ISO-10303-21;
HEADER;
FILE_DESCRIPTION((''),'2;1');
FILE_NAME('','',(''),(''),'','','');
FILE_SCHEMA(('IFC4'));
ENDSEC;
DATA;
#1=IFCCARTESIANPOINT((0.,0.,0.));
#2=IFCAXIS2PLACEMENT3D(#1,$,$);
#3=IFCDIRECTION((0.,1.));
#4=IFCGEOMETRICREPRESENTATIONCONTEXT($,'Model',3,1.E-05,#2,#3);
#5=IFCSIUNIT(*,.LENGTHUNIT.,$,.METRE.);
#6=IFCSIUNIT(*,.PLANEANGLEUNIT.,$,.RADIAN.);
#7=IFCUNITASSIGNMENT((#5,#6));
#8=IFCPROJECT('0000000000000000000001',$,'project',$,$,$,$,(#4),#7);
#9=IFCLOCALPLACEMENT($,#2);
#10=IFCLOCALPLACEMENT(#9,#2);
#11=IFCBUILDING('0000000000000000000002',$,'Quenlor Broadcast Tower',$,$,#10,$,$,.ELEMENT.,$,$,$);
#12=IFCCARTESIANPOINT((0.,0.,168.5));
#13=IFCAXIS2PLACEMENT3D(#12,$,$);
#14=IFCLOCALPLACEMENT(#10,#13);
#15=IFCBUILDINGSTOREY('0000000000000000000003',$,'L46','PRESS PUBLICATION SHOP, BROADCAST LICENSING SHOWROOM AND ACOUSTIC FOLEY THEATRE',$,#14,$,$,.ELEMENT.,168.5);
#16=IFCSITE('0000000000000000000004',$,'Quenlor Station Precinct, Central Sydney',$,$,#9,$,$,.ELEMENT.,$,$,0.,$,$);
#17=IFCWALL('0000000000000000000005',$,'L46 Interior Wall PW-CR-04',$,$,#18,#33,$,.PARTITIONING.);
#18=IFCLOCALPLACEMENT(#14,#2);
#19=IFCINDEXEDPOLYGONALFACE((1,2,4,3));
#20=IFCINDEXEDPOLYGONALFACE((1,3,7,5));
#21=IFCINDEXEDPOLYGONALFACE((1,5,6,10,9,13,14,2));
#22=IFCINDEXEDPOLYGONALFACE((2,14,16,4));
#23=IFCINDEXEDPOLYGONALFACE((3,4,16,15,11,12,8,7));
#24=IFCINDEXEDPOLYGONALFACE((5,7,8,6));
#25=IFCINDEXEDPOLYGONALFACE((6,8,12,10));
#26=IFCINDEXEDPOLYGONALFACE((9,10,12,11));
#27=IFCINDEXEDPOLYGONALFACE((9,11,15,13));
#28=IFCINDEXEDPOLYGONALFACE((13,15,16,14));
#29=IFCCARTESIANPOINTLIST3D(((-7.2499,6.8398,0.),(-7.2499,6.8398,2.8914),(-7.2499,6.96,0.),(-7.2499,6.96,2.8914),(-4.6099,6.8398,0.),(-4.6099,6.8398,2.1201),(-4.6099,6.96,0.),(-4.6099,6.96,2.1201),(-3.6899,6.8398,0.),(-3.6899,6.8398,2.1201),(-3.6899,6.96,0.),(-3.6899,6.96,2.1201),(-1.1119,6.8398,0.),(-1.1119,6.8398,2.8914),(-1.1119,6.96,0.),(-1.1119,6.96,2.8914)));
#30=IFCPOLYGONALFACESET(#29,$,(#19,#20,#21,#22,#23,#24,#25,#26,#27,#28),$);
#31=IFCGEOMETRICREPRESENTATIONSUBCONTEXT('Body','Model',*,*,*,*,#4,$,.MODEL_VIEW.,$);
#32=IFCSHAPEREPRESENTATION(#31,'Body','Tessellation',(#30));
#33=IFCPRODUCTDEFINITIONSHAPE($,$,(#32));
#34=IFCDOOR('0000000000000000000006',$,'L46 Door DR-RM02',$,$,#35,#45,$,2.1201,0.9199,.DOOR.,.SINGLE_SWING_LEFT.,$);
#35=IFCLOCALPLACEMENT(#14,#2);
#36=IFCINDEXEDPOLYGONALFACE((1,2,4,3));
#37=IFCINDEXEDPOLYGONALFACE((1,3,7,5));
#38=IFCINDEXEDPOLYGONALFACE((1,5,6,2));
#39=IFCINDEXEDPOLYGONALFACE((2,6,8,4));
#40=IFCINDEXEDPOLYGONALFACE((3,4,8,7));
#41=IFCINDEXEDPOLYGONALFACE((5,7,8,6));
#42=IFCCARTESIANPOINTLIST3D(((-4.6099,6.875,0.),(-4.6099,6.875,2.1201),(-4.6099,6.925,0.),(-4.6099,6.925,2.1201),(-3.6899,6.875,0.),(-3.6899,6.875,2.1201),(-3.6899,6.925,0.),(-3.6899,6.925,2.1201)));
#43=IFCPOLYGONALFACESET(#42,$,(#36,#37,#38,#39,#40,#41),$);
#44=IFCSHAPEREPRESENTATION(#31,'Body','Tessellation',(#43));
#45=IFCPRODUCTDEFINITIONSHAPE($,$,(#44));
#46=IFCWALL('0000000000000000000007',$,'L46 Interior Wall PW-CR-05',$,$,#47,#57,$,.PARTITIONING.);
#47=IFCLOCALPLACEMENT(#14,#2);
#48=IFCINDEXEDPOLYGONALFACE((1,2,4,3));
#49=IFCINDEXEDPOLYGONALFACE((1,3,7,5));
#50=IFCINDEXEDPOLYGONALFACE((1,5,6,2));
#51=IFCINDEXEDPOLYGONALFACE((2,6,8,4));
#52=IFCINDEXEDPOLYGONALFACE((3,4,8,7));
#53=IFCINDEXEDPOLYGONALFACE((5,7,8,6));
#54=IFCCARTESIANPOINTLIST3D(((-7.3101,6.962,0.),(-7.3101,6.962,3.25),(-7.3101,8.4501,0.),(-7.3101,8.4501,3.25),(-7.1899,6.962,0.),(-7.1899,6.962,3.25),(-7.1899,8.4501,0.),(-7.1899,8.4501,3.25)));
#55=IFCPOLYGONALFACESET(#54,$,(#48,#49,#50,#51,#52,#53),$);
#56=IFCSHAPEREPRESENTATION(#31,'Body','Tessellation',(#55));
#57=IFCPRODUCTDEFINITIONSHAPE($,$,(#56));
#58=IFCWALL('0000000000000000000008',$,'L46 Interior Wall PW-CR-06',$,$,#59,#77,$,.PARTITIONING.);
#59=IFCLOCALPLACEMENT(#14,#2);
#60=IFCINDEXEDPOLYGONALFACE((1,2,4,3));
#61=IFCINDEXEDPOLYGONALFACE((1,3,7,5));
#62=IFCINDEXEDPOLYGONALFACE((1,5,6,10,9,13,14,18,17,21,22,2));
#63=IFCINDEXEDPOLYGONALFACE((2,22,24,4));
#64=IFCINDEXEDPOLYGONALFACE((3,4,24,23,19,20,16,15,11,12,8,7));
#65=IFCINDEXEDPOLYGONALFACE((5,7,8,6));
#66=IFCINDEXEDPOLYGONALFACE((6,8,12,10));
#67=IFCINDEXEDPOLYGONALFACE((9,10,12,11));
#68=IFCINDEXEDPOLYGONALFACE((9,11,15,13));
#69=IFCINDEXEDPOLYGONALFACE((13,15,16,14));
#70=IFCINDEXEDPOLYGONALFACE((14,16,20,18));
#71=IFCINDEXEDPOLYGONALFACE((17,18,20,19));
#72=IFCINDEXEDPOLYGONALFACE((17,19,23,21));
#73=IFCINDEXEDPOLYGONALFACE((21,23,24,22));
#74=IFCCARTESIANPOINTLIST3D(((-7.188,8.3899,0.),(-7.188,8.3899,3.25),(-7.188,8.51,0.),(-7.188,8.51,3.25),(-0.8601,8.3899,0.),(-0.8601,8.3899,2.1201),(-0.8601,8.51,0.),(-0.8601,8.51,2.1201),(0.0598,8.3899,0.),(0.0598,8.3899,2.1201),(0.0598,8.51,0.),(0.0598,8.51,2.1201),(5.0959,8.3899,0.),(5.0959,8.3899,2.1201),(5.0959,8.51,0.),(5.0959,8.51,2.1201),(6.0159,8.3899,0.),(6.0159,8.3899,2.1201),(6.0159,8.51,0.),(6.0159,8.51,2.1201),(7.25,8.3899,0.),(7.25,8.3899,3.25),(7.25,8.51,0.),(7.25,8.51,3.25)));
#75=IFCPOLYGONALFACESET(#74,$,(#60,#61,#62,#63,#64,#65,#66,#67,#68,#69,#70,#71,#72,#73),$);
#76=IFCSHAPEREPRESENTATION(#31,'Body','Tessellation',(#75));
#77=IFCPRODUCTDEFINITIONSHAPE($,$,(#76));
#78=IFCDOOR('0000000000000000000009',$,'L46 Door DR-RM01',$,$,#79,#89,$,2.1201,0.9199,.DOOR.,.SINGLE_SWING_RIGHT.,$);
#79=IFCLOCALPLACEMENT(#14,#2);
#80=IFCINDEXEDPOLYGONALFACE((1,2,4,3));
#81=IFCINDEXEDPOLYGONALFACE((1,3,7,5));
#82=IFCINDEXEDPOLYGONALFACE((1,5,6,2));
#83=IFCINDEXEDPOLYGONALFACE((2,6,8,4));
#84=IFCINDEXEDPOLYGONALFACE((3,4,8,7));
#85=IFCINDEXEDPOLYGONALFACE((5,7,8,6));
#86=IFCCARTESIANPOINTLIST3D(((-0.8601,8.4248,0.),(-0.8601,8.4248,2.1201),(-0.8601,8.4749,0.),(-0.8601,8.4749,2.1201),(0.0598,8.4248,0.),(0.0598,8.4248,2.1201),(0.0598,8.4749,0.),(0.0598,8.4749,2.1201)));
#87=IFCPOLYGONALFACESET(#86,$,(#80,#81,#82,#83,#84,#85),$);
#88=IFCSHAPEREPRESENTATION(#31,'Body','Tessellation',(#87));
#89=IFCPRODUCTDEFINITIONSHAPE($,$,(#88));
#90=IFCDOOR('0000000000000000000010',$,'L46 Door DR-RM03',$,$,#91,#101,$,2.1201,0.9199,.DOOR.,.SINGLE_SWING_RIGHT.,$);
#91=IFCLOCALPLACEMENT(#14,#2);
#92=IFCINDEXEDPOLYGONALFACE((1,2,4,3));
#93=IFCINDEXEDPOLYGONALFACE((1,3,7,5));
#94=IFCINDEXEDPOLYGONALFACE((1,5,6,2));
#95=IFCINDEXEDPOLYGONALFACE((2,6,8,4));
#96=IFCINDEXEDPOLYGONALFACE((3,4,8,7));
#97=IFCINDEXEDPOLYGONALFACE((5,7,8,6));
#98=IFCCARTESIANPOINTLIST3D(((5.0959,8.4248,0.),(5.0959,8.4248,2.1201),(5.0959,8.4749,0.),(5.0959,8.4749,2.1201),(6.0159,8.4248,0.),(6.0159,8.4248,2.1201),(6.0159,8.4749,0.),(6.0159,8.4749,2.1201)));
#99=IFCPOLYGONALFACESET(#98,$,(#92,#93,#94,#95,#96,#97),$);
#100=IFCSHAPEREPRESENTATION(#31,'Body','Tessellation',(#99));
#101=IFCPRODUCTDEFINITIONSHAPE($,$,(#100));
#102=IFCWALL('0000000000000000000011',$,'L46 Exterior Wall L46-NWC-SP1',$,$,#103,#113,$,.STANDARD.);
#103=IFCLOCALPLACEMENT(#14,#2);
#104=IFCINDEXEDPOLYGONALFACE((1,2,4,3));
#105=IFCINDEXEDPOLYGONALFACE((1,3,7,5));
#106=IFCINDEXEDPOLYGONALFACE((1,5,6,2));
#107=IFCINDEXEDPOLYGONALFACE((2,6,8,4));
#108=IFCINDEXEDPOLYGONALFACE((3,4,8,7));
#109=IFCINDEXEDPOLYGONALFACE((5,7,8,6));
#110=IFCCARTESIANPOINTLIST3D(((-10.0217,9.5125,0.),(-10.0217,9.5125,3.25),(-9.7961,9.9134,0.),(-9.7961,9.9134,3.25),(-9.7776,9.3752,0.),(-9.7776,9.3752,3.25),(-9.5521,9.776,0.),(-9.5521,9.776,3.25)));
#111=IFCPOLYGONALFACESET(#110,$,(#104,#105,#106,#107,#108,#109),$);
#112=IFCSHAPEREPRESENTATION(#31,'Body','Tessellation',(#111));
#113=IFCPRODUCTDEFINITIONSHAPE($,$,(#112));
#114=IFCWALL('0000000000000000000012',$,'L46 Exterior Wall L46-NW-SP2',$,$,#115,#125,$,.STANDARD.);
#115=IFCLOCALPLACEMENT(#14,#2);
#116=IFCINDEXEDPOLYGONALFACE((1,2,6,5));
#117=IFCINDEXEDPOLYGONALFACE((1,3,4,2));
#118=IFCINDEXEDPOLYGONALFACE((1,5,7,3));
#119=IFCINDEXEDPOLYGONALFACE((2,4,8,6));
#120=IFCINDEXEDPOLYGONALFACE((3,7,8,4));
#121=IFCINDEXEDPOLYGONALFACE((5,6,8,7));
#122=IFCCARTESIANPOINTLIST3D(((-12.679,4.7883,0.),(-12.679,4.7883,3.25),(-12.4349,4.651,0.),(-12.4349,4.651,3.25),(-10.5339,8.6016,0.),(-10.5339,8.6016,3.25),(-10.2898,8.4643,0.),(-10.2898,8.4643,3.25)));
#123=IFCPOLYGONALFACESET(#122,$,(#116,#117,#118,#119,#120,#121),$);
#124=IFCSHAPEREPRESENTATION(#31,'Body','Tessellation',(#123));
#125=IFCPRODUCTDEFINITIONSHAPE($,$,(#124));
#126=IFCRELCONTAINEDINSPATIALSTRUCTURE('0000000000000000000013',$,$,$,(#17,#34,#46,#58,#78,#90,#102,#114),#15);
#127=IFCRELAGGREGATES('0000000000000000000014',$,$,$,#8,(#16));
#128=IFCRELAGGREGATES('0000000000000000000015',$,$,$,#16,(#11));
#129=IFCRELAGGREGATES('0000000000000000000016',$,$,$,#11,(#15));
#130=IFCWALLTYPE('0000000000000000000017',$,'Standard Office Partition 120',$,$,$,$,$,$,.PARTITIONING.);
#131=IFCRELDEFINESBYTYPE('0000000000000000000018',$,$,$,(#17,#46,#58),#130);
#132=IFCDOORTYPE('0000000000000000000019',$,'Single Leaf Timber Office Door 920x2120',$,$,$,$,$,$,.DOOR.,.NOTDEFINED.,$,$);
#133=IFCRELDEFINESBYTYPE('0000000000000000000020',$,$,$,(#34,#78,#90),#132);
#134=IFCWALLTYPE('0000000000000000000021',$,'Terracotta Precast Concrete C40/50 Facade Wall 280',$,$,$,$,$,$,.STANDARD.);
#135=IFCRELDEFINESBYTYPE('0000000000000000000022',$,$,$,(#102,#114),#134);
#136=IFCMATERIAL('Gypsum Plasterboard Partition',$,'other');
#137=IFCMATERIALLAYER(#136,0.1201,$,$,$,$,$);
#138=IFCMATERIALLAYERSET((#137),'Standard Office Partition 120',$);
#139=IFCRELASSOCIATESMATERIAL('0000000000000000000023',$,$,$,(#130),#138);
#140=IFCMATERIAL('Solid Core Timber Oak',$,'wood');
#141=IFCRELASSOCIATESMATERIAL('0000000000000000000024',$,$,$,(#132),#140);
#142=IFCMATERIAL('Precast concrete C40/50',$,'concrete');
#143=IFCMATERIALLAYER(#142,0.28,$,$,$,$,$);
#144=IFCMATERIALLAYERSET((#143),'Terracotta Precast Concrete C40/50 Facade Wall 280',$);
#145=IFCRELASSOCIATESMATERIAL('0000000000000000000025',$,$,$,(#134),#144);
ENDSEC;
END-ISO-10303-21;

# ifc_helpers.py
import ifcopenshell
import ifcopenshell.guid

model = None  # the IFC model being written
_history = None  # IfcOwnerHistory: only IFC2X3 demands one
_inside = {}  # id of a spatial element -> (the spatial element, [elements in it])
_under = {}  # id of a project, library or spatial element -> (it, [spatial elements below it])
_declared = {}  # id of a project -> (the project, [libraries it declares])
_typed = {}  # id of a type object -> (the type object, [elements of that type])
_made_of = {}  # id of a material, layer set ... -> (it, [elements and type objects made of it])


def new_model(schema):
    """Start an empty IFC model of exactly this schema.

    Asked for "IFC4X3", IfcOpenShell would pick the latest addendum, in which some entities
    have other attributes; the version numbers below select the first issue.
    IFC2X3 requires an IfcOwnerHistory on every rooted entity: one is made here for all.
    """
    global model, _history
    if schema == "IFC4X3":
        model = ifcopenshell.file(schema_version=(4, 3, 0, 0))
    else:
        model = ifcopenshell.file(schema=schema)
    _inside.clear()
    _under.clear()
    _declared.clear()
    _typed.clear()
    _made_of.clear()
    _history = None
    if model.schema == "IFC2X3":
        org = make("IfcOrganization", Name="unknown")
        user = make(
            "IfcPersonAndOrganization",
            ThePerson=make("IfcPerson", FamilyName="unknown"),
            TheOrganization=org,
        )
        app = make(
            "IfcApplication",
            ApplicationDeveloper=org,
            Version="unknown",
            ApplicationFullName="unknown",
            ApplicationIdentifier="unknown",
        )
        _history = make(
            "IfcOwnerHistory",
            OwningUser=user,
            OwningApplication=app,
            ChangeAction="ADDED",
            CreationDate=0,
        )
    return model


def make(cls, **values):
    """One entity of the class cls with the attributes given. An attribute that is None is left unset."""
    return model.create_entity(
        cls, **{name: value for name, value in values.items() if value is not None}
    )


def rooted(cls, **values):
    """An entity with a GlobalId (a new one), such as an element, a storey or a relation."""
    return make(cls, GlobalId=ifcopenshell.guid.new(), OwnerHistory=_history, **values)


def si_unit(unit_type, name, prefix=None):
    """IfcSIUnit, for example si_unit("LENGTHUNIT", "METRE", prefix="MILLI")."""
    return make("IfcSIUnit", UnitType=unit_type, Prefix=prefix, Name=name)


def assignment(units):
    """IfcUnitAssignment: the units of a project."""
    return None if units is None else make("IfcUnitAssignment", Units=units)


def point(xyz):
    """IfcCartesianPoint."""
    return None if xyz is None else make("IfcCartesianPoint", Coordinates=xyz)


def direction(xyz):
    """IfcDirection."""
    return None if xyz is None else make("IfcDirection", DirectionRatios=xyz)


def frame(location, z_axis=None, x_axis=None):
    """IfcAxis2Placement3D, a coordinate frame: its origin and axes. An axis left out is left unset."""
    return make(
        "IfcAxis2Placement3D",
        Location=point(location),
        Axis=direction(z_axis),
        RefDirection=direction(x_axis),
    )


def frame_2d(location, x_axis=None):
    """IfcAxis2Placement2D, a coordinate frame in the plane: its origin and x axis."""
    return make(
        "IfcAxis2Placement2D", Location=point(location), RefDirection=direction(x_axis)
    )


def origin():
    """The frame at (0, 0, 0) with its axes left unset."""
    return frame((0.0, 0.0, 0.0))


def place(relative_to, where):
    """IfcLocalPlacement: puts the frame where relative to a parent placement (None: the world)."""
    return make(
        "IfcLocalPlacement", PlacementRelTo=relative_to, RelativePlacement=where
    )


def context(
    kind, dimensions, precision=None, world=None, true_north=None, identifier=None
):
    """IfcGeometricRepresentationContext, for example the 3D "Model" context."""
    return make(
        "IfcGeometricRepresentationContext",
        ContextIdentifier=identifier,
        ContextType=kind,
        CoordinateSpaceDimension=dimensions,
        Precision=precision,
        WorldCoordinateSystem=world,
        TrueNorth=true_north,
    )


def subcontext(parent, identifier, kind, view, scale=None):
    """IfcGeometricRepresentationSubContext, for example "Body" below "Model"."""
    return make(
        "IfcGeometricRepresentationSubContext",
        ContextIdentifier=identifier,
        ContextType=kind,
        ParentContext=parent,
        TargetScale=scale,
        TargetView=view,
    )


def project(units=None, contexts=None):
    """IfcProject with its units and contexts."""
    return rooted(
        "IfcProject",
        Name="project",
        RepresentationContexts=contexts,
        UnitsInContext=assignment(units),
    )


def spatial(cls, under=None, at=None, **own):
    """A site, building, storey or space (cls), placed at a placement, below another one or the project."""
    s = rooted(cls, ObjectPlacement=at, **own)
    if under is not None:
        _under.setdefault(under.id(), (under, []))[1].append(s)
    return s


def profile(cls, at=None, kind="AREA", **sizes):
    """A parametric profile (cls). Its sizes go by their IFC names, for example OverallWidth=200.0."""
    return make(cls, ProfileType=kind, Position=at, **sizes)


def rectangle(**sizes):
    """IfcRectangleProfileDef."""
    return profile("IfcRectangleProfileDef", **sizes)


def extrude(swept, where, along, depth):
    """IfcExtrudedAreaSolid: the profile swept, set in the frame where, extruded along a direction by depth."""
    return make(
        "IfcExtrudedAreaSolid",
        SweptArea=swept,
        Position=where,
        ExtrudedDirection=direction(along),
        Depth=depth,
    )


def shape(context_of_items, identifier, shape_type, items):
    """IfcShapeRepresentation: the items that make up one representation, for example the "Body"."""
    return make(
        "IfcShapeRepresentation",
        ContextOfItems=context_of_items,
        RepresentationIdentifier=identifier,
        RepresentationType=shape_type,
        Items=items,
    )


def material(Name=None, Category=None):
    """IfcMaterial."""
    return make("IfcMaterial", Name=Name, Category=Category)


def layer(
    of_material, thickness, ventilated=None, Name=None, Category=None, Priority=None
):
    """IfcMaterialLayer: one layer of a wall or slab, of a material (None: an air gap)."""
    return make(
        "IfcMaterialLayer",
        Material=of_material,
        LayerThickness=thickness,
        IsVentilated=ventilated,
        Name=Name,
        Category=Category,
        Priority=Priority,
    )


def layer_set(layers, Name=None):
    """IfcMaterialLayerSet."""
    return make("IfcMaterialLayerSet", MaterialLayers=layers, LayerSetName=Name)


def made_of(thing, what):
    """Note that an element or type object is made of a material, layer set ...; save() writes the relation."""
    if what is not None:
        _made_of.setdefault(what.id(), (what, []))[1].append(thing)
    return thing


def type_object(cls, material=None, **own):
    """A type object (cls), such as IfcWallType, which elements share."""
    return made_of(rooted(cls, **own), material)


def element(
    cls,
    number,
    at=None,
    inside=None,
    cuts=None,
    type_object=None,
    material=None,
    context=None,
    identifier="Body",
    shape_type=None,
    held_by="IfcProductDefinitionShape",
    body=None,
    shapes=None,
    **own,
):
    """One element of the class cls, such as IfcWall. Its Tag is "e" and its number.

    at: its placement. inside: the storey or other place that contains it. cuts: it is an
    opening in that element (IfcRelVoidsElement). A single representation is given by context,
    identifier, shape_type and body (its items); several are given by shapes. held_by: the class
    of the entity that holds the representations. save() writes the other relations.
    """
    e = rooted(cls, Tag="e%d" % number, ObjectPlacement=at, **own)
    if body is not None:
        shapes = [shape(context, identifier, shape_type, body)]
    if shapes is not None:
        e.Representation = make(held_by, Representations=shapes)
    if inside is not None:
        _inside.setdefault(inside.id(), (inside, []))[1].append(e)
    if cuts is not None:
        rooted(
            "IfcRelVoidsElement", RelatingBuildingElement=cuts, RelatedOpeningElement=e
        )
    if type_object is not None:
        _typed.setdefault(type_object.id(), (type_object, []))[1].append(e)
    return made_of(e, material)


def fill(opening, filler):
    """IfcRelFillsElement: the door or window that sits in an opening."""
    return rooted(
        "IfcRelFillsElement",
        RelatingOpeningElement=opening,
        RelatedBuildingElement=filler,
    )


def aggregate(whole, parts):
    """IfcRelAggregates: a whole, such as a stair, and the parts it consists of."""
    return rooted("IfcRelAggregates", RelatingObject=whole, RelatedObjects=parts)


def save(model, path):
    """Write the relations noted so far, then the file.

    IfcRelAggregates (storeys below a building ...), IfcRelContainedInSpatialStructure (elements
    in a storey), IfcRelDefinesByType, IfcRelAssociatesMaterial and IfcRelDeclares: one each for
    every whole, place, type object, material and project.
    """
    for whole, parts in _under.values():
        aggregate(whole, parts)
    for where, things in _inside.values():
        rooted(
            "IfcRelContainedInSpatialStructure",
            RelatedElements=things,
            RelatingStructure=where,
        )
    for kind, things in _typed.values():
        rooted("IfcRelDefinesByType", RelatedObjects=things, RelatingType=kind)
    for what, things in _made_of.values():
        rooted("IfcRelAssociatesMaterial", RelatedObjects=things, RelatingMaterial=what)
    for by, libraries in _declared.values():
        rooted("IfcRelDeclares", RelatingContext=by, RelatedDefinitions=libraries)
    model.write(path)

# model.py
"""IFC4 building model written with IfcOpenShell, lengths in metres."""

from ifc_helpers import new_model, si_unit, direction, frame, frame_2d, origin, place, context, subcontext, project, spatial, rectangle, extrude, material, layer, layer_set, type_object, element, fill, save


model = new_model("IFC4")

# Units and contexts
model_context = context("Model", 3, precision=1e-05, world=origin(), true_north=direction((0.0, 1.0)))
body_context = subcontext(model_context, "Body", "Model", "MODEL_VIEW")
ifc_project = project(units=[si_unit("LENGTHUNIT", "METRE"), si_unit("PLANEANGLEUNIT", "RADIAN")], contexts=[model_context])

# Site, building, storey
site_placement = place(None, origin())
site = spatial("IfcSite", under=ifc_project, at=site_placement, Name="Quenlor Station Precinct, Central Sydney", CompositionType="ELEMENT", RefElevation=0.0)
building_placement = place(site_placement, origin())
building = spatial("IfcBuilding", under=site, at=building_placement, Name="Quenlor Broadcast Tower", CompositionType="ELEMENT")
storey_placement = place(building_placement, frame((0.0, 0.0, 168.5)))
storey = spatial("IfcBuildingStorey", under=building, at=storey_placement, Name="L46", Description="PRESS PUBLICATION SHOP, BROADCAST LICENSING SHOWROOM AND ACOUSTIC FOLEY THEATRE", CompositionType="ELEMENT", Elevation=168.5)

# Wall, opening, door
ifc_material_1 = material(Name="Gypsum Plasterboard Partition", Category="other")
ifc_layer_1 = layer(ifc_material_1, 0.1201)
ifc_layer_set_1 = layer_set([ifc_layer_1], Name="Standard Office Partition 120")
wall_type_1 = type_object("IfcWallType", Name="Standard Office Partition 120", PredefinedType="PARTITIONING", material=ifc_layer_set_1)
wall_1_placement = place(storey_placement, frame((-1.1121, 6.8999, 0.0), z_axis=(0.0, 0.0, 1.0), x_axis=(-1.0, 0.0, 0.0)))
wall_1 = element("IfcWall", 1, at=wall_1_placement, inside=storey, type_object=wall_type_1, Name="L46 Interior Wall PW-CR-04", PredefinedType="PARTITIONING", context=body_context, shape_type="SweptSolid", body=[
    extrude(rectangle(XDim=6.1379, YDim=0.1201, at=frame_2d((3.0688, 0.0))), origin(), (0.0, 0.0, 1.0), 2.8914),
])
opening_1_placement = place(wall_1_placement, frame((2.5779, 0.0, 0.0)))
opening_1 = element("IfcOpeningElement", 2, at=opening_1_placement, cuts=wall_1, PredefinedType="OPENING", context=body_context, shape_type="SweptSolid", body=[
    extrude(rectangle(XDim=0.9199, YDim=2.1201, at=frame_2d((0.46, 1.0601))), frame((0.0, 0.0701, 0.0), z_axis=(0.0, -1.0, 0.0), x_axis=(1.0, 0.0, 0.0)), (0.0, 0.0, 1.0), 0.1401),
])
ifc_material_2 = material(Name="Solid Core Timber Oak", Category="wood")
door_type = type_object("IfcDoorType", Name="Single Leaf Timber Office Door 920x2120", OperationType="NOTDEFINED", PredefinedType="DOOR", material=ifc_material_2)
door_1_placement = place(opening_1_placement, origin())
door_1 = element("IfcDoor", 3, at=door_1_placement, inside=storey, type_object=door_type, Name="L46 Door DR-RM02", OperationType="SINGLE_SWING_LEFT", OverallHeight=2.1201, OverallWidth=0.9199, PredefinedType="DOOR", context=body_context, shape_type="SweptSolid", body=[
    extrude(rectangle(XDim=0.9199, YDim=2.1201, at=frame_2d((0.46, 1.0601))), frame((0.0, 0.0249, 0.0), z_axis=(0.0, -1.0, 0.0), x_axis=(1.0, 0.0, 0.0)), (0.0, 0.0, 1.0), 0.05),
])
fill(opening_1, door_1)

# Wall
wall_2_placement = place(storey_placement, frame((-7.25, 6.9619, 0.0), z_axis=(0.0, 0.0, 1.0), x_axis=(0.0, 1.0, 0.0)))
element("IfcWall", 4, at=wall_2_placement, inside=storey, type_object=wall_type_1, Name="L46 Interior Wall PW-CR-05", PredefinedType="PARTITIONING", context=body_context, shape_type="SweptSolid", body=[
    extrude(rectangle(XDim=1.488, YDim=0.1201, at=frame_2d((0.7441, 0.0))), origin(), (0.0, 0.0, 1.0), 3.25),
])

# Wall, openings, doors
wall_3_placement = place(storey_placement, frame((-7.188, 8.45, 0.0), z_axis=(0.0, 0.0, 1.0), x_axis=(1.0, 0.0, 0.0)))
wall_3 = element("IfcWall", 5, at=wall_3_placement, inside=storey, type_object=wall_type_1, Name="L46 Interior Wall PW-CR-06", PredefinedType="PARTITIONING", context=body_context, shape_type="SweptSolid", body=[
    extrude(rectangle(XDim=14.438, YDim=0.1201, at=frame_2d((7.219, 0.0))), origin(), (0.0, 0.0, 1.0), 3.25),
])
opening_2_placement = place(wall_3_placement, frame((6.3279, 0.0, 0.0)))
opening_2 = element("IfcOpeningElement", 6, at=opening_2_placement, cuts=wall_3, PredefinedType="OPENING", context=body_context, shape_type="SweptSolid", body=[
    extrude(rectangle(XDim=0.9199, YDim=2.1201, at=frame_2d((0.46, 1.0601))), frame((0.0, 0.0701, 0.0), z_axis=(0.0, -1.0, 0.0), x_axis=(1.0, 0.0, 0.0)), (0.0, 0.0, 1.0), 0.1401),
])
opening_3_placement = place(wall_3_placement, frame((12.2839, 0.0, 0.0)))
opening_3 = element("IfcOpeningElement", 7, at=opening_3_placement, cuts=wall_3, PredefinedType="OPENING", context=body_context, shape_type="SweptSolid", body=[
    extrude(rectangle(XDim=0.9199, YDim=2.1201, at=frame_2d((0.46, 1.0601))), frame((0.0, 0.0701, 0.0), z_axis=(0.0, -1.0, 0.0), x_axis=(1.0, 0.0, 0.0)), (0.0, 0.0, 1.0), 0.1401),
])
door_2_placement = place(opening_2_placement, origin())
door_2 = element("IfcDoor", 8, at=door_2_placement, inside=storey, type_object=door_type, Name="L46 Door DR-RM01", OperationType="SINGLE_SWING_RIGHT", OverallHeight=2.1201, OverallWidth=0.9199, PredefinedType="DOOR", context=body_context, shape_type="SweptSolid", body=[
    extrude(rectangle(XDim=0.9199, YDim=2.1201, at=frame_2d((0.46, 1.0601))), frame((0.0, 0.0249, 0.0), z_axis=(0.0, -1.0, 0.0), x_axis=(1.0, 0.0, 0.0)), (0.0, 0.0, 1.0), 0.05),
])
fill(opening_2, door_2)
door_3_placement = place(opening_3_placement, origin())
door_3 = element("IfcDoor", 9, at=door_3_placement, inside=storey, type_object=door_type, Name="L46 Door DR-RM03", OperationType="SINGLE_SWING_RIGHT", OverallHeight=2.1201, OverallWidth=0.9199, PredefinedType="DOOR", context=body_context, shape_type="SweptSolid", body=[
    extrude(rectangle(XDim=0.9199, YDim=2.1201, at=frame_2d((0.46, 1.0601))), frame((0.0, 0.0249, 0.0), z_axis=(0.0, -1.0, 0.0), x_axis=(1.0, 0.0, 0.0)), (0.0, 0.0, 1.0), 0.05),
])
fill(opening_3, door_3)

# Walls
ifc_material_3 = material(Name="Precast concrete C40/50", Category="concrete")
ifc_layer_2 = layer(ifc_material_3, 0.28)
ifc_layer_set_2 = layer_set([ifc_layer_2], Name="Terracotta Precast Concrete C40/50 Facade Wall 280")
wall_type_2 = type_object("IfcWallType", Name="Terracotta Precast Concrete C40/50 Facade Wall 280", PredefinedType="STANDARD", material=ifc_layer_set_2)
wall_4_placement = place(storey_placement, frame((-9.8997, 9.4438, 0.0), z_axis=(0.0, 0.0, 1.0), x_axis=(0.490412, 0.87149, 0.0)))
element("IfcWall", 10, at=wall_4_placement, inside=storey, type_object=wall_type_2, Name="L46 Exterior Wall L46-NWC-SP1", PredefinedType="STANDARD", context=body_context, shape_type="SweptSolid", body=[
    extrude(rectangle(XDim=0.46, YDim=0.28, at=frame_2d((0.23, 0.0))), origin(), (0.0, 0.0, 1.0), 3.25),
])
wall_5_placement = place(storey_placement, frame((-12.5569, 4.7197, 0.0), z_axis=(0.0, 0.0, 1.0), x_axis=(0.490274, 0.871568, 0.0)))
element("IfcWall", 11, at=wall_5_placement, inside=storey, type_object=wall_type_2, Name="L46 Exterior Wall L46-NW-SP2", PredefinedType="STANDARD", context=body_context, shape_type="SweptSolid", body=[
    extrude(rectangle(XDim=4.3752, YDim=0.28, at=frame_2d((2.1875, 0.0))), origin(), (0.0, 0.0, 1.0), 3.25),
])

save(model, "model.ifc")
